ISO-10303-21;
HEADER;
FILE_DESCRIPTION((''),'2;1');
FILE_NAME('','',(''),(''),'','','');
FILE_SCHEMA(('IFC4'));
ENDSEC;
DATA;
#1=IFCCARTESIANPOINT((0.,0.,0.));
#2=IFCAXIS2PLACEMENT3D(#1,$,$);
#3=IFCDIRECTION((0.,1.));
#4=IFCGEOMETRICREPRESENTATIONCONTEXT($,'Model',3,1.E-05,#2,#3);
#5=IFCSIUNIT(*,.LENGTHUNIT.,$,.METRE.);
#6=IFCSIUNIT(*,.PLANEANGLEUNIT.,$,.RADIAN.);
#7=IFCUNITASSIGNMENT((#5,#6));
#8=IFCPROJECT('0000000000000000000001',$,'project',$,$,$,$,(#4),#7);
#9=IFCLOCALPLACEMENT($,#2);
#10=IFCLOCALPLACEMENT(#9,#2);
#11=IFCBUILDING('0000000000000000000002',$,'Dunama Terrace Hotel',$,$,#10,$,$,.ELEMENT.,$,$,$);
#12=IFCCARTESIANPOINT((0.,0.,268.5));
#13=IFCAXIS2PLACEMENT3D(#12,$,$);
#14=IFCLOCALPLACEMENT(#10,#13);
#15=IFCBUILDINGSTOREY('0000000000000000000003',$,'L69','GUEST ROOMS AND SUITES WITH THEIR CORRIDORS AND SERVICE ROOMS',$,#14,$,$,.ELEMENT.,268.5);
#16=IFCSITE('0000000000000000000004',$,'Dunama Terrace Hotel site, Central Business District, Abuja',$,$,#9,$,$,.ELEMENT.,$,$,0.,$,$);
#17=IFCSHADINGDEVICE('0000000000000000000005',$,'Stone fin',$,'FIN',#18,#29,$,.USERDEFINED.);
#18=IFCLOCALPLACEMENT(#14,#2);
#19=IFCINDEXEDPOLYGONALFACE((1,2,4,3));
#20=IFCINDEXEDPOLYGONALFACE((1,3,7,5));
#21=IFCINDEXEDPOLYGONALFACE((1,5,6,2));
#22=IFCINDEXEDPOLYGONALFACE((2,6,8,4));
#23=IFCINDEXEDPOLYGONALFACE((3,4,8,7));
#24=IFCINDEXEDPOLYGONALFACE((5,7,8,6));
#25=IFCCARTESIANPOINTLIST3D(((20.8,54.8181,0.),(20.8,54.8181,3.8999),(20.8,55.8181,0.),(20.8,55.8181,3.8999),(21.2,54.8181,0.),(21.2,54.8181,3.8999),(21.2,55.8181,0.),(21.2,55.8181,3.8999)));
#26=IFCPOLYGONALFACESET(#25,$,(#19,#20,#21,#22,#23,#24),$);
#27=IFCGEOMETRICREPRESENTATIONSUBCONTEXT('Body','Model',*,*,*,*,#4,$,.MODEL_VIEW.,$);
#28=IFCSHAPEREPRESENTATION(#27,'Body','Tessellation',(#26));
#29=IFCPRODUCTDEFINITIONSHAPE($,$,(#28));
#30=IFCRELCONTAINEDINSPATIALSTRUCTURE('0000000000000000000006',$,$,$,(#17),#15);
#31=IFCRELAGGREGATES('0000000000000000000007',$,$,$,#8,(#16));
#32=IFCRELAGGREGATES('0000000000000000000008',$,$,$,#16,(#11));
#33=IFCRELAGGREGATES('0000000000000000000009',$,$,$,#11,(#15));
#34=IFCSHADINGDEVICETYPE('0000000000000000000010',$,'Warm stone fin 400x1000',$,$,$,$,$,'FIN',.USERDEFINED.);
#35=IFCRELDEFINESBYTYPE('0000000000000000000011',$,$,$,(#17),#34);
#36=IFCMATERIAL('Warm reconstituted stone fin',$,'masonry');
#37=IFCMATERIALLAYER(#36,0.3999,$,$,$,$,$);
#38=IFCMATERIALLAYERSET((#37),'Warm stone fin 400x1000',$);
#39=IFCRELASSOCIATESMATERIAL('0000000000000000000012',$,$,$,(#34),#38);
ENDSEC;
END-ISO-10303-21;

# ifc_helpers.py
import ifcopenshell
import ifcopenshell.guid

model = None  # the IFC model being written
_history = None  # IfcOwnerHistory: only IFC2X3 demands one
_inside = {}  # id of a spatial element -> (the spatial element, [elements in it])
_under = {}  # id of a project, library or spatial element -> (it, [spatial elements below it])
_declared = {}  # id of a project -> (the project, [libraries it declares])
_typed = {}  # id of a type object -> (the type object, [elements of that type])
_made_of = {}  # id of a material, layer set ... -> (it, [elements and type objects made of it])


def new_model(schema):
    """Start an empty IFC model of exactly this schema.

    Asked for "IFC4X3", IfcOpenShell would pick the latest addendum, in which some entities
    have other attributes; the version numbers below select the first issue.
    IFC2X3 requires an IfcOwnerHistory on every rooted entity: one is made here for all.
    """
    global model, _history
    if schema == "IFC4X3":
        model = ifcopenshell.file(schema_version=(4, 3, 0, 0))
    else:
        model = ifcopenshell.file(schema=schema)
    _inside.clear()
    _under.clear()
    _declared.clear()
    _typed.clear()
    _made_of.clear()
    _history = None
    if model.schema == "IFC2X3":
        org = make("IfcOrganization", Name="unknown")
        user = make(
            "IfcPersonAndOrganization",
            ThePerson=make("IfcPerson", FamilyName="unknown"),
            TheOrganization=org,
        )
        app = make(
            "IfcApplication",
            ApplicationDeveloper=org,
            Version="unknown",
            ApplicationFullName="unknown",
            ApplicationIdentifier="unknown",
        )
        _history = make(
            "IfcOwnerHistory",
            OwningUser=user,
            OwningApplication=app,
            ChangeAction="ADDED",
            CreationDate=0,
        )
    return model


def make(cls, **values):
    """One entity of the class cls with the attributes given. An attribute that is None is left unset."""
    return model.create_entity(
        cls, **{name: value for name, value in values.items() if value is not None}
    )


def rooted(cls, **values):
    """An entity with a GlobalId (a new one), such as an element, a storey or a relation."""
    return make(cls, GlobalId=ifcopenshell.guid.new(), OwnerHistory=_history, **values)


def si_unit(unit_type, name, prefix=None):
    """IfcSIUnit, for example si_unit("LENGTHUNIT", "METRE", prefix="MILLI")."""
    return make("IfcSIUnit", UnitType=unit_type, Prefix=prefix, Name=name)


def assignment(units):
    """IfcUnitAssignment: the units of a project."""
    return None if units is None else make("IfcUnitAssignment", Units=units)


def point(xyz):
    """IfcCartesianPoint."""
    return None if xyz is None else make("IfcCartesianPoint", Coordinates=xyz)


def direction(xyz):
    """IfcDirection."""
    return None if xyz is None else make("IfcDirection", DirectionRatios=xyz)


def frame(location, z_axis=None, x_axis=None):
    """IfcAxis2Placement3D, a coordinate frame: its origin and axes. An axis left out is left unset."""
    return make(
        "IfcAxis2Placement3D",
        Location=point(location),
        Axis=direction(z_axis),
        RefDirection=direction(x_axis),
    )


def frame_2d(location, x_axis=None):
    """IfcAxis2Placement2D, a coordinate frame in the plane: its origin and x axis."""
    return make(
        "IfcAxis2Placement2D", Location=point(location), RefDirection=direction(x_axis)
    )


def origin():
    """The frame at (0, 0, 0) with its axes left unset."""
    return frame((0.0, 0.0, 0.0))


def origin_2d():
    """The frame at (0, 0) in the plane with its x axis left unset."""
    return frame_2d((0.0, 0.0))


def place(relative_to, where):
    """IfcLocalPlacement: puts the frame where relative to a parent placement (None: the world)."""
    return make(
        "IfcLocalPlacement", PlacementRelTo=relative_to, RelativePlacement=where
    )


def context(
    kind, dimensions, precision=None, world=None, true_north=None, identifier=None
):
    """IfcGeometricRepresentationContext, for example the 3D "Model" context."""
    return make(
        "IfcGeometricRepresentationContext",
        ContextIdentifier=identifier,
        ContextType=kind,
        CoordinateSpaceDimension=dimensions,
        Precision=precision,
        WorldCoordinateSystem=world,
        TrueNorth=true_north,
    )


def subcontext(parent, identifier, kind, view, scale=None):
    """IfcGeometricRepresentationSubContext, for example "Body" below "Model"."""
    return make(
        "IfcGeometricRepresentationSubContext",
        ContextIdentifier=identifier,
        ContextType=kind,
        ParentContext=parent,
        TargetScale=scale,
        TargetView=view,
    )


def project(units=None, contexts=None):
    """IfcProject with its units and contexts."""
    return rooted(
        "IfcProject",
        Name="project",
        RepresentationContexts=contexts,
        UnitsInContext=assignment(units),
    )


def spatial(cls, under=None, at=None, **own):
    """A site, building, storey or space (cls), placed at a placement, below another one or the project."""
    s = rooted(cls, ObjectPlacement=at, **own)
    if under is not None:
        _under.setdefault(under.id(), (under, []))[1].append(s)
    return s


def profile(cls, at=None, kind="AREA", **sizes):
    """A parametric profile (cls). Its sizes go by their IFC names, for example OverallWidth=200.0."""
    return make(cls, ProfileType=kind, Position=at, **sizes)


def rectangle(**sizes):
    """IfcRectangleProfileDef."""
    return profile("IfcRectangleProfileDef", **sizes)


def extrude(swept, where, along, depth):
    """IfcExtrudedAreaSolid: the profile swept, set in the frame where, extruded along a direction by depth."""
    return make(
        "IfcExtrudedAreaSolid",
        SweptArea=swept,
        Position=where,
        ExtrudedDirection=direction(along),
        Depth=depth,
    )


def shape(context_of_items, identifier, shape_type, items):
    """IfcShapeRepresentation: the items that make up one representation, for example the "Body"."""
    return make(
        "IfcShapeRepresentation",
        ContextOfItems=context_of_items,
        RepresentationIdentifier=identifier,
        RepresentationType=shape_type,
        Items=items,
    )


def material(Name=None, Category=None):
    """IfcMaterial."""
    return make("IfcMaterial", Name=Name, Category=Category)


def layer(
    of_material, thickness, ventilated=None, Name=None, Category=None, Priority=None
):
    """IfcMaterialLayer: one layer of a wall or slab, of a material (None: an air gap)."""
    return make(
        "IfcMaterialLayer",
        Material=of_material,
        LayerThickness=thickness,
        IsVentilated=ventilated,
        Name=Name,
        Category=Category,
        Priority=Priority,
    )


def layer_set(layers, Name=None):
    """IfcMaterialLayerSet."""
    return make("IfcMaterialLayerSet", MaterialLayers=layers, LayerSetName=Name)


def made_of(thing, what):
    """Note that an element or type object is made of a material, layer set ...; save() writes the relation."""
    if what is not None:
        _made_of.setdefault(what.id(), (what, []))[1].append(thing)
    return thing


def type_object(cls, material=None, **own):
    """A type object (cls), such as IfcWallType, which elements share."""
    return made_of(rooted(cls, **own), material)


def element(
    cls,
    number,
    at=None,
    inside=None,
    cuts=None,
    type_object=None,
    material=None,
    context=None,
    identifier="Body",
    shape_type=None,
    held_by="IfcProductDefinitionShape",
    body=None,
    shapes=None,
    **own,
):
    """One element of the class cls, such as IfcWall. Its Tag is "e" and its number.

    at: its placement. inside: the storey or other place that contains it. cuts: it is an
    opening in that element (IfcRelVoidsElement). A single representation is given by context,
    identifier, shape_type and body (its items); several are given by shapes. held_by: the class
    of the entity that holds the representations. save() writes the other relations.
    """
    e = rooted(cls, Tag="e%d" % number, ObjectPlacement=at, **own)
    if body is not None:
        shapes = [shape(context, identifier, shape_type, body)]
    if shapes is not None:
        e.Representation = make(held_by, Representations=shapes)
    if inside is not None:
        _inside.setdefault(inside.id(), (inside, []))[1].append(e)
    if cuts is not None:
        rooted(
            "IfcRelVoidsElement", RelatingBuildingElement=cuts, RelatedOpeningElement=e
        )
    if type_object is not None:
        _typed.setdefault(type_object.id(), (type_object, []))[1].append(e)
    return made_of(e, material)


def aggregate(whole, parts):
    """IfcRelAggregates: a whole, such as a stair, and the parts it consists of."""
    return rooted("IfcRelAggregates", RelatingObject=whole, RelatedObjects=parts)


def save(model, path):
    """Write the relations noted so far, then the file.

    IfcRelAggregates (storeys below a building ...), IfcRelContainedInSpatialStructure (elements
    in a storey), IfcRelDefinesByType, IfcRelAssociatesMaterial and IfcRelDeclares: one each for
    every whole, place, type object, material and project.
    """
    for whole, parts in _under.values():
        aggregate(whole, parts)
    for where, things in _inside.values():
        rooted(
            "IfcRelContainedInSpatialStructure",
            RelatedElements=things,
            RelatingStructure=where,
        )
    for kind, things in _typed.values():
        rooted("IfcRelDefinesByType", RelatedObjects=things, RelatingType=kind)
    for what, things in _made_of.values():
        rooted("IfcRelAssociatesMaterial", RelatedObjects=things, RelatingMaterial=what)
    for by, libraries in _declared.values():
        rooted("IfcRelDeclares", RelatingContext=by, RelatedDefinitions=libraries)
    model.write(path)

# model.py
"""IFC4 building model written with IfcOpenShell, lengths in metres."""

from ifc_helpers import new_model, si_unit, direction, frame, origin, origin_2d, place, context, subcontext, project, spatial, rectangle, extrude, material, layer, layer_set, type_object, element, save


model = new_model("IFC4")

# Units and contexts
model_context = context("Model", 3, precision=1e-05, world=origin(), true_north=direction((0.0, 1.0)))
body_context = subcontext(model_context, "Body", "Model", "MODEL_VIEW")
ifc_project = project(units=[si_unit("LENGTHUNIT", "METRE"), si_unit("PLANEANGLEUNIT", "RADIAN")], contexts=[model_context])

# Site, building, storey
site_placement = place(None, origin())
site = spatial("IfcSite", under=ifc_project, at=site_placement, Name="Dunama Terrace Hotel site, Central Business District, Abuja", CompositionType="ELEMENT", RefElevation=0.0)
building_placement = place(site_placement, origin())
building = spatial("IfcBuilding", under=site, at=building_placement, Name="Dunama Terrace Hotel", CompositionType="ELEMENT")
storey_placement = place(building_placement, frame((0.0, 0.0, 268.5)))
storey = spatial("IfcBuildingStorey", under=building, at=storey_placement, Name="L69", Description="GUEST ROOMS AND SUITES WITH THEIR CORRIDORS AND SERVICE ROOMS", CompositionType="ELEMENT", Elevation=268.5)

# Shading device
ifc_material_1 = material(Name="Warm reconstituted stone fin", Category="masonry")
ifc_layer_1 = layer(ifc_material_1, 0.3999)
ifc_layer_set_1 = layer_set([ifc_layer_1], Name="Warm stone fin 400x1000")
shading_device_type = type_object("IfcShadingDeviceType", Name="Warm stone fin 400x1000", ElementType="FIN", PredefinedType="USERDEFINED", material=ifc_layer_set_1)
shading_device_placement = place(storey_placement, frame((21.0, 55.3181, 0.0), z_axis=(0.0, 0.0, 1.0), x_axis=(-1.0, 0.0, 0.0)))
element("IfcShadingDevice", 1, at=shading_device_placement, inside=storey, type_object=shading_device_type, Name="Stone fin", ObjectType="FIN", PredefinedType="USERDEFINED", context=body_context, shape_type="SweptSolid", body=[
    extrude(rectangle(XDim=0.3999, YDim=1.0, at=origin_2d()), origin(), (0.0, 0.0, 1.0), 3.8999),
])

save(model, "model.ifc")
